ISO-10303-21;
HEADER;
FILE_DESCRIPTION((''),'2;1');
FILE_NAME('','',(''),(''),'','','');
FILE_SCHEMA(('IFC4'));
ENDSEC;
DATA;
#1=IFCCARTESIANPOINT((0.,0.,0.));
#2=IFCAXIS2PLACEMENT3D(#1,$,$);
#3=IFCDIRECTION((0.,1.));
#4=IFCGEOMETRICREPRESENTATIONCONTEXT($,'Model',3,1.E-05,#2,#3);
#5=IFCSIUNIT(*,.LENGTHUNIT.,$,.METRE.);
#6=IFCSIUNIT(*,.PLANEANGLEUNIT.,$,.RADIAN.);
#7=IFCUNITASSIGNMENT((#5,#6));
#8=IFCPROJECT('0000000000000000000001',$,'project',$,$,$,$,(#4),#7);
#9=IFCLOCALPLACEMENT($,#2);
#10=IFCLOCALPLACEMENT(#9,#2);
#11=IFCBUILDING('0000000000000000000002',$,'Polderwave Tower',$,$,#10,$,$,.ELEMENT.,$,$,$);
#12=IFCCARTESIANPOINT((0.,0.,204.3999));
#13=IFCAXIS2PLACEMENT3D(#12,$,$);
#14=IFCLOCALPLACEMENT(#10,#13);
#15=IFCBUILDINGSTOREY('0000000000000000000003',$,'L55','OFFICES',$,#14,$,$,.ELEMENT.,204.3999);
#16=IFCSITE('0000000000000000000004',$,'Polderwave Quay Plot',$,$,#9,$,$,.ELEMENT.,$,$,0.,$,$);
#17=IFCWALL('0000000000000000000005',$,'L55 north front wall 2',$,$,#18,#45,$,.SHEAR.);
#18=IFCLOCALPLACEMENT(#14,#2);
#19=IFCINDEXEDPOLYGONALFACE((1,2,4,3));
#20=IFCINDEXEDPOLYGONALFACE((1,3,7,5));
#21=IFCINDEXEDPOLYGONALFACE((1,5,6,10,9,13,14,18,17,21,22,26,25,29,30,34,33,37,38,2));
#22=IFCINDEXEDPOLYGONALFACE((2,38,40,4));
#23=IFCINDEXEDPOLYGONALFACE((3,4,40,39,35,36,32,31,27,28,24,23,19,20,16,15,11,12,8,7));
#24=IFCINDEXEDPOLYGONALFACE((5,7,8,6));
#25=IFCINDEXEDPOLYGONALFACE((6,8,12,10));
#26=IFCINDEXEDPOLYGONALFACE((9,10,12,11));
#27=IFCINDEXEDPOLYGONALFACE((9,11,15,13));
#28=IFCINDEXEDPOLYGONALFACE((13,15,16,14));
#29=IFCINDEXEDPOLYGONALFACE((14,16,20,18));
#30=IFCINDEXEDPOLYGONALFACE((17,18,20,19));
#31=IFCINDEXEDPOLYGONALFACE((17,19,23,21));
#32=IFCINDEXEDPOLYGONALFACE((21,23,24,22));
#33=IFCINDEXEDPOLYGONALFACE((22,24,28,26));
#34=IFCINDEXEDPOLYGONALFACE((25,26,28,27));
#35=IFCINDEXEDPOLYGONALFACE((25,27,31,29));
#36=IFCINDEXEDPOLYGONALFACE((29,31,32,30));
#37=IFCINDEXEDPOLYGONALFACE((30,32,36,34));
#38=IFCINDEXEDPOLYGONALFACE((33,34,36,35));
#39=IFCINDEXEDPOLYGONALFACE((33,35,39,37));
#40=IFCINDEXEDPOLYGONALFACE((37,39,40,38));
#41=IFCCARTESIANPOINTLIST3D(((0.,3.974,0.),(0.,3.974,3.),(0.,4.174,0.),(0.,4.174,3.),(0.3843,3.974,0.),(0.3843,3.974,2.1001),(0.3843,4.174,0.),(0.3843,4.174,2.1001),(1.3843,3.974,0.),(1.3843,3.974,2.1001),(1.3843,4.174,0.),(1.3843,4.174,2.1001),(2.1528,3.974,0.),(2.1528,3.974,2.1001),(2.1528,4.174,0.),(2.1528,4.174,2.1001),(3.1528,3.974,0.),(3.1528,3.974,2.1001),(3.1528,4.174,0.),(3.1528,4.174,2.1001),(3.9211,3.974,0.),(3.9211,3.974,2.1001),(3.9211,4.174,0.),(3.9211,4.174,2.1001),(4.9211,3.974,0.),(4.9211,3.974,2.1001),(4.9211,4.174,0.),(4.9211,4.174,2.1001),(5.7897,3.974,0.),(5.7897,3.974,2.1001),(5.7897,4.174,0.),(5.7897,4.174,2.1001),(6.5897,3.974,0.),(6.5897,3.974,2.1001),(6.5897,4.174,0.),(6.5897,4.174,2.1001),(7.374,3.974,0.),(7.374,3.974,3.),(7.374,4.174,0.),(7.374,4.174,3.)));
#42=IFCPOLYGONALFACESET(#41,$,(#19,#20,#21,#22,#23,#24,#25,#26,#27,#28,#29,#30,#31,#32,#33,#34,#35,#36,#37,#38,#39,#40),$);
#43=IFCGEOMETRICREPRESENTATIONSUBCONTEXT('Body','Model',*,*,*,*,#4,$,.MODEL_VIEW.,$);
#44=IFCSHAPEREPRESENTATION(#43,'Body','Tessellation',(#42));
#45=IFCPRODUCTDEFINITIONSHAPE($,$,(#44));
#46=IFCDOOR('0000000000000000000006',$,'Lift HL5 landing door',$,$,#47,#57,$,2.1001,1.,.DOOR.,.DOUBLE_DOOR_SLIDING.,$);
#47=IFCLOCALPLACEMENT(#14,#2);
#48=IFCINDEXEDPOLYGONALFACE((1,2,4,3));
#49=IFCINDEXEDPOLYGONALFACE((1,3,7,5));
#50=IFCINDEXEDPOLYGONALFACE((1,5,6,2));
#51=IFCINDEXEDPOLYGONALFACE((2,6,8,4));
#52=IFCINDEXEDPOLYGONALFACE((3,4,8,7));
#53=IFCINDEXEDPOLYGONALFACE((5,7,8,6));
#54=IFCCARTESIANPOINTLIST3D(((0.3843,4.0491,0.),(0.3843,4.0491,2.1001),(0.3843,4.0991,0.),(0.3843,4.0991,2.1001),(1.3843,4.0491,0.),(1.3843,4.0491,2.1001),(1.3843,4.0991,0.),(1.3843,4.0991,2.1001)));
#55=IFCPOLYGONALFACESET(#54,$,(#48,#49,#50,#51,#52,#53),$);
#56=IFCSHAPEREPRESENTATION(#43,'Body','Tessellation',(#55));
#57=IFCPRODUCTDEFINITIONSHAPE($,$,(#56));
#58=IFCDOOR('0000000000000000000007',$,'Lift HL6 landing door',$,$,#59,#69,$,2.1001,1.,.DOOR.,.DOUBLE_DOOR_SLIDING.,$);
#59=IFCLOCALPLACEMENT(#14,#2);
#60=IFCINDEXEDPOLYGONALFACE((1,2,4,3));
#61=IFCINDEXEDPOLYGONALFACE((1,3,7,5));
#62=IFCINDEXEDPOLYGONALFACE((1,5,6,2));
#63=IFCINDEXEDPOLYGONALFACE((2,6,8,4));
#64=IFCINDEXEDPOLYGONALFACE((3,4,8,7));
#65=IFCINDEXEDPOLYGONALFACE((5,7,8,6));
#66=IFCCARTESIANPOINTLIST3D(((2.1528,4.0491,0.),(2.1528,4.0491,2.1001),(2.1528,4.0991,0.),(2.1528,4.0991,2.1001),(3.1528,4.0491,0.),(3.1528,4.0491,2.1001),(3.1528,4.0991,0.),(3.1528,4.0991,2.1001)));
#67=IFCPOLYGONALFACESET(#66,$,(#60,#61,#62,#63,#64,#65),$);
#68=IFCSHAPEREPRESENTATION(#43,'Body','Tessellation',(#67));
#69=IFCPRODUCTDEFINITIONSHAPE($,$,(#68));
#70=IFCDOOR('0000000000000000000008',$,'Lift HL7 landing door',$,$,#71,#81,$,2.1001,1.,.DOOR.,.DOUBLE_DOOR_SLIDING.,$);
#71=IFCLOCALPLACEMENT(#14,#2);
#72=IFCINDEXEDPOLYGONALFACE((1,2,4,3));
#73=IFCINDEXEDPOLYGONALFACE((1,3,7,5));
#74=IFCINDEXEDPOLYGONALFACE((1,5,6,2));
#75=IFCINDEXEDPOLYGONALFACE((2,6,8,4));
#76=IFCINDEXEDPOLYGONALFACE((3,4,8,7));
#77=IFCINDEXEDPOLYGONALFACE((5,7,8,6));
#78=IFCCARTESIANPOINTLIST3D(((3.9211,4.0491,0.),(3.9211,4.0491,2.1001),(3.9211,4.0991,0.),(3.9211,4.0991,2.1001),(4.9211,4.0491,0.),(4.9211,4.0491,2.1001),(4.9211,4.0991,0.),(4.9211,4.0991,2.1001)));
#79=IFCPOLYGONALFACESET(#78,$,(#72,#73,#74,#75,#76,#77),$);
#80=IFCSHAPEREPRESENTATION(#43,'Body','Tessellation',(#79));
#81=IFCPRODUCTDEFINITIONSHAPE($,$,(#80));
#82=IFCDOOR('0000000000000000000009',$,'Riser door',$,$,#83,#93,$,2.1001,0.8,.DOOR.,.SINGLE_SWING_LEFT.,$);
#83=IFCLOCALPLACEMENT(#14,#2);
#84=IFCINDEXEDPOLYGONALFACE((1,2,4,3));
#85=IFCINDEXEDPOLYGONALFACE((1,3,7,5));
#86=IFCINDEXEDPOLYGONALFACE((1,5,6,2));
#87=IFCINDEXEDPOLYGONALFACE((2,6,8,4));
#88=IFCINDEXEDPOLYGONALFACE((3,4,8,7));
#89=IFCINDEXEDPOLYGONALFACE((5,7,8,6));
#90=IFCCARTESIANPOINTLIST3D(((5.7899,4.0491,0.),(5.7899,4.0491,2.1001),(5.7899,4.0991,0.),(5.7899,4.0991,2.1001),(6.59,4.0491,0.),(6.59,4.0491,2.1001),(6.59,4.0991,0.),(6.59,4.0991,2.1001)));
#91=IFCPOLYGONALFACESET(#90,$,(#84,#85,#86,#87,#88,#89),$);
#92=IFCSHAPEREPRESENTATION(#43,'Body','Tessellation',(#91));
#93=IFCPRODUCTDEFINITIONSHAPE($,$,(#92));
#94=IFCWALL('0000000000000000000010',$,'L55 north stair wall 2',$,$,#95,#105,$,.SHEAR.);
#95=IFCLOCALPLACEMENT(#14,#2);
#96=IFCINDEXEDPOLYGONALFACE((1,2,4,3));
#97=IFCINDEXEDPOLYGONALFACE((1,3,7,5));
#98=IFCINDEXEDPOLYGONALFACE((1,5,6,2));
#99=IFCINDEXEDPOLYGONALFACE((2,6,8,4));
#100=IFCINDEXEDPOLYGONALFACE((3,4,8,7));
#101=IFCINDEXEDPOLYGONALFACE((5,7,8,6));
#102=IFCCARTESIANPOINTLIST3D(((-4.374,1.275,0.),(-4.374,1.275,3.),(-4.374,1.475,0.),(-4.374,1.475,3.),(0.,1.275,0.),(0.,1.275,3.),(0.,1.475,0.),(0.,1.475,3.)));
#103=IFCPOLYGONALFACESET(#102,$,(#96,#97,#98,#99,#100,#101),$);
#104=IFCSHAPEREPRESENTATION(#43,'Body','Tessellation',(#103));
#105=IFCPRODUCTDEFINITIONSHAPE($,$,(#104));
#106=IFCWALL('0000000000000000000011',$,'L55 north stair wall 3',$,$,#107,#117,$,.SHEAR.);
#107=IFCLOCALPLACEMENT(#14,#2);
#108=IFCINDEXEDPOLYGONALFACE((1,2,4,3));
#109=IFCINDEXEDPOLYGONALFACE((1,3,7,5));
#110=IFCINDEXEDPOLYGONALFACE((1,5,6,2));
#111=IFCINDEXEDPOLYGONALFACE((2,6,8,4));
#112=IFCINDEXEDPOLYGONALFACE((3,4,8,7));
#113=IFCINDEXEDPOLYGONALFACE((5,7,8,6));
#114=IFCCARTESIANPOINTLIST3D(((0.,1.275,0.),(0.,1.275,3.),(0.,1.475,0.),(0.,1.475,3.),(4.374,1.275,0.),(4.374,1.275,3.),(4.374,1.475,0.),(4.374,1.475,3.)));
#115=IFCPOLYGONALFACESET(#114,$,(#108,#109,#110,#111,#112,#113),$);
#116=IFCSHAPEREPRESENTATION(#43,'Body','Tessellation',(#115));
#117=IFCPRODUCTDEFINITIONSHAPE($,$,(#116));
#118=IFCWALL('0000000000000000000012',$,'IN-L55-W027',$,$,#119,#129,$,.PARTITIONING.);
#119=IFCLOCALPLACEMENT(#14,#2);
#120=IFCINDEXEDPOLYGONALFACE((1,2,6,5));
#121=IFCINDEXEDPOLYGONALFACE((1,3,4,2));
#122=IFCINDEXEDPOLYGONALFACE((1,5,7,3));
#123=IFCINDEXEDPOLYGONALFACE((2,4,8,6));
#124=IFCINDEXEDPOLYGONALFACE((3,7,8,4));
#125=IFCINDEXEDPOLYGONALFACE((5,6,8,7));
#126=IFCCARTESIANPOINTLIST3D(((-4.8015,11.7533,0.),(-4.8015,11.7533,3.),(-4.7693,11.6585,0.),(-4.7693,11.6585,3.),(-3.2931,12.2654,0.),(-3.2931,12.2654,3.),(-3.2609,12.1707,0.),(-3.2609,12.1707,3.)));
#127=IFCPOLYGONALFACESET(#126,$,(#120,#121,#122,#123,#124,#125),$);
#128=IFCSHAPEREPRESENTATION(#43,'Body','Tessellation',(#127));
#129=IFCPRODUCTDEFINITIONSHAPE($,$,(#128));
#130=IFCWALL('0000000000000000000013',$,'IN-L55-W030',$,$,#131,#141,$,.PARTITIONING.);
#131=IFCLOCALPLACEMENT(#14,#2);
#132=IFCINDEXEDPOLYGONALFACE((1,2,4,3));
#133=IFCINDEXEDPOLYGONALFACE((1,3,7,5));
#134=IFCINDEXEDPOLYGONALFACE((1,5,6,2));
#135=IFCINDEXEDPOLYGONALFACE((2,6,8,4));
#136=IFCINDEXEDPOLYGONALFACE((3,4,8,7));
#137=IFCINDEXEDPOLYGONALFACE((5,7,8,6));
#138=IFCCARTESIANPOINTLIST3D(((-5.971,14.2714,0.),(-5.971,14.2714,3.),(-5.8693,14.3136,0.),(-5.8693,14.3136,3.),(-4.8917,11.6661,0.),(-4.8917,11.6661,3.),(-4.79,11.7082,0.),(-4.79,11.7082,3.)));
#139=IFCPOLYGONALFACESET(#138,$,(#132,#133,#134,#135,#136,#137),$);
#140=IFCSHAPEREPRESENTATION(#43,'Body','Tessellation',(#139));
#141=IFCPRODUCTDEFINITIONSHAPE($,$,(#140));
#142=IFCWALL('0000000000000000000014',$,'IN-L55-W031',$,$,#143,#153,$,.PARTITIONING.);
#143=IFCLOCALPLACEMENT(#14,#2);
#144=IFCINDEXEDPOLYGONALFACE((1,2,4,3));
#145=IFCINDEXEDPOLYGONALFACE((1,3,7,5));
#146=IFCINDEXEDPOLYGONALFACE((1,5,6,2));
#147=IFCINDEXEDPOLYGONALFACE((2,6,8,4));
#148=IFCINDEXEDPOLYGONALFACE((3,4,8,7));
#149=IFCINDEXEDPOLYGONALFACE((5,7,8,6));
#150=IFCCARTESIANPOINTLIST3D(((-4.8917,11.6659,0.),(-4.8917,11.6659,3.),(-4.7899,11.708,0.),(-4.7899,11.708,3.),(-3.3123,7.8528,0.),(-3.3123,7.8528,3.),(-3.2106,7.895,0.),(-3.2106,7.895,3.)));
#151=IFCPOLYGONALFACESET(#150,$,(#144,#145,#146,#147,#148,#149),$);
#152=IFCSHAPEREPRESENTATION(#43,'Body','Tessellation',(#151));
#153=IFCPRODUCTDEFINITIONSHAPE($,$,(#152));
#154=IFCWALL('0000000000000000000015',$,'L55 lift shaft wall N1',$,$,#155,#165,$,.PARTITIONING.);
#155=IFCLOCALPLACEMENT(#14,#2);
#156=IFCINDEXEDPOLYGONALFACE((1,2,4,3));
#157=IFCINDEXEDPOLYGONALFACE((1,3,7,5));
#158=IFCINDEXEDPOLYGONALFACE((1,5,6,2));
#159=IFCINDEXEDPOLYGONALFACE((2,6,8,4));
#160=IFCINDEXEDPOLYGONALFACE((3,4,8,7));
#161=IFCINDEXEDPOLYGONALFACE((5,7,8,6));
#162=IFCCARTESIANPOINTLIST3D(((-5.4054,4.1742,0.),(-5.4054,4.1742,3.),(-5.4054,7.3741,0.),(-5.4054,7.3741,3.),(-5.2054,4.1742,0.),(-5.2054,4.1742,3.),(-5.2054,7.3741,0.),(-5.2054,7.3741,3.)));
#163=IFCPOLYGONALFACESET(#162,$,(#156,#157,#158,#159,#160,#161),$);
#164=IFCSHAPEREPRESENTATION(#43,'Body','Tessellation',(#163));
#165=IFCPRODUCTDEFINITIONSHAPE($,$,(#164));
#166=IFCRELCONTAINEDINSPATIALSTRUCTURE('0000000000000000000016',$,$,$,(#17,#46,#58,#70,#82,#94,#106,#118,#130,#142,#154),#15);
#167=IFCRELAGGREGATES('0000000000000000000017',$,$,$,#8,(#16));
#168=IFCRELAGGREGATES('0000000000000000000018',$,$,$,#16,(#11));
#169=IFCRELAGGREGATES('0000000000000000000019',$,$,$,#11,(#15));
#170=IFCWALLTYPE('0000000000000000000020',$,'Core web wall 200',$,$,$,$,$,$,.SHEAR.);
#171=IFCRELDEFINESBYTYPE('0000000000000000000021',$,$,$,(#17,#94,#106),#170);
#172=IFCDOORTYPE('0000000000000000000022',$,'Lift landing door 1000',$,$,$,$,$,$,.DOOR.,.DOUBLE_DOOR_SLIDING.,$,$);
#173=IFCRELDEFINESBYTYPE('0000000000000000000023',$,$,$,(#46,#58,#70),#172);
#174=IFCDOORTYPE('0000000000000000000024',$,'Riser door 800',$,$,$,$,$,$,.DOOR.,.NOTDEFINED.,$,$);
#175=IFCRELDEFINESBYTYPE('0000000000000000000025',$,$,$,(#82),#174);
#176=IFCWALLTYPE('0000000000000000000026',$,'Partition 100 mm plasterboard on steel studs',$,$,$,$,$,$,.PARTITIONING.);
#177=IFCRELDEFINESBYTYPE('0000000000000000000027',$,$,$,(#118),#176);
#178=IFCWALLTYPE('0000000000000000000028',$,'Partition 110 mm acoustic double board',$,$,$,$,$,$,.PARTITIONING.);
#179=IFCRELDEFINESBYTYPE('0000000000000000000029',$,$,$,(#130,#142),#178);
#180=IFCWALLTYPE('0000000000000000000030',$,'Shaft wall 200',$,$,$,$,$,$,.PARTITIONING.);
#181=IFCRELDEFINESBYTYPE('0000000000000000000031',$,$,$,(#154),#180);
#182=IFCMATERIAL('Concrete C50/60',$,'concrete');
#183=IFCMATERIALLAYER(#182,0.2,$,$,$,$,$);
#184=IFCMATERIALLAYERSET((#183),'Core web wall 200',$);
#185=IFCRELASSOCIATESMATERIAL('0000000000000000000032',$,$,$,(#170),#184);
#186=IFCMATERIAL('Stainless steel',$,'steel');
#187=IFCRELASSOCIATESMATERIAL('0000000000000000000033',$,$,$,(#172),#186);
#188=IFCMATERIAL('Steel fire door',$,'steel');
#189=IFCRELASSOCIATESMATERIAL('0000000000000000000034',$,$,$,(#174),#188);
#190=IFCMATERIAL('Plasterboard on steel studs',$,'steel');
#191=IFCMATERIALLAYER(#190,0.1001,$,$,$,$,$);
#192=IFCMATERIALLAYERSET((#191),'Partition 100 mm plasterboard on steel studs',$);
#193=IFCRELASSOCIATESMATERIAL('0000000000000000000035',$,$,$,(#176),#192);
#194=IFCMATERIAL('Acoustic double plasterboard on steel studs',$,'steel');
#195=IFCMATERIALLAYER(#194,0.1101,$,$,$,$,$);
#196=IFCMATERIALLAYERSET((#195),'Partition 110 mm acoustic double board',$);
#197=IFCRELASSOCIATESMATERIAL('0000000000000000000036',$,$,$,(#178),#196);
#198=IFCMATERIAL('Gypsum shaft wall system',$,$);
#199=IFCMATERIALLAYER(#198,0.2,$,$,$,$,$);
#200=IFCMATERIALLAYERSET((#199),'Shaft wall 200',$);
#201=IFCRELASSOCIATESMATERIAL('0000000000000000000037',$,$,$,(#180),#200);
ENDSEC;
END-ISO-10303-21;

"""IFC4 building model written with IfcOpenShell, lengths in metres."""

from ifc_helpers import new_model, si_unit, direction, frame, frame_2d, origin, place, context, subcontext, project, spatial, rectangle, extrude, material, layer, layer_set, type_object, element, fill, save


model = new_model("IFC4")

# Units and contexts
model_context = context("Model", 3, precision=1e-05, world=origin(), true_north=direction((0.0, 1.0)))
body_context = subcontext(model_context, "Body", "Model", "MODEL_VIEW")
ifc_project = project(units=[si_unit("LENGTHUNIT", "METRE"), si_unit("PLANEANGLEUNIT", "RADIAN")], contexts=[model_context])

# Site, building, storey
site_placement = place(None, origin())
site = spatial("IfcSite", under=ifc_project, at=site_placement, Name="Polderwave Quay Plot", CompositionType="ELEMENT", RefElevation=0.0)
building_placement = place(site_placement, origin())
building = spatial("IfcBuilding", under=site, at=building_placement, Name="Polderwave Tower", CompositionType="ELEMENT")
storey_placement = place(building_placement, frame((0.0, 0.0, 204.3999)))
storey = spatial("IfcBuildingStorey", under=building, at=storey_placement, Name="L55", Description="OFFICES", CompositionType="ELEMENT", Elevation=204.3999)

# Wall, openings, doors
ifc_material_1 = material(Name="Concrete C50/60", Category="concrete")
ifc_layer_1 = layer(ifc_material_1, 0.2)
ifc_layer_set_1 = layer_set([ifc_layer_1], Name="Core web wall 200")
wall_type_1 = type_object("IfcWallType", Name="Core web wall 200", PredefinedType="SHEAR", material=ifc_layer_set_1)
ifc_material_2 = material(Name="Stainless steel", Category="steel")
door_type_1 = type_object("IfcDoorType", Name="Lift landing door 1000", OperationType="DOUBLE_DOOR_SLIDING", PredefinedType="DOOR", material=ifc_material_2)
wall_1_placement = place(storey_placement, frame((0.0, 4.074, 0.0), z_axis=(0.0, 0.0, 1.0), x_axis=(1.0, 0.0, 0.0)))
wall_1 = element("IfcWall", 1, at=wall_1_placement, inside=storey, type_object=wall_type_1, Name="L55 north front wall 2", PredefinedType="SHEAR", context=body_context, shape_type="SweptSolid", body=[
    extrude(rectangle(XDim=7.374, YDim=0.2, at=frame_2d((3.687, 0.0))), origin(), (0.0, 0.0, 1.0), 3.0),
])
opening_1_placement = place(wall_1_placement, frame((0.3843, 0.0, 0.0)))
opening_1 = element("IfcOpeningElement", 2, at=opening_1_placement, cuts=wall_1, PredefinedType="OPENING", context=body_context, shape_type="SweptSolid", body=[
    extrude(rectangle(XDim=1.0, YDim=2.1001, at=frame_2d((0.5, 1.05))), frame((0.0, 0.1099, 0.0), z_axis=(0.0, -1.0, 0.0), x_axis=(1.0, 0.0, 0.0)), (0.0, 0.0, 1.0), 0.22),
])
opening_2_placement = place(wall_1_placement, frame((2.1528, 0.0, 0.0)))
opening_2 = element("IfcOpeningElement", 3, at=opening_2_placement, cuts=wall_1, PredefinedType="OPENING", context=body_context, shape_type="SweptSolid", body=[
    extrude(rectangle(XDim=1.0, YDim=2.1001, at=frame_2d((0.5, 1.05))), frame((0.0, 0.1099, 0.0), z_axis=(0.0, -1.0, 0.0), x_axis=(1.0, 0.0, 0.0)), (0.0, 0.0, 1.0), 0.22),
])
opening_3_placement = place(wall_1_placement, frame((3.9211, 0.0, 0.0)))
opening_3 = element("IfcOpeningElement", 4, at=opening_3_placement, cuts=wall_1, PredefinedType="OPENING", context=body_context, shape_type="SweptSolid", body=[
    extrude(rectangle(XDim=1.0, YDim=2.1001, at=frame_2d((0.5, 1.05))), frame((0.0, 0.1099, 0.0), z_axis=(0.0, -1.0, 0.0), x_axis=(1.0, 0.0, 0.0)), (0.0, 0.0, 1.0), 0.22),
])
opening_4_placement = place(wall_1_placement, frame((5.7898, 0.0, 0.0)))
opening_4 = element("IfcOpeningElement", 5, at=opening_4_placement, cuts=wall_1, PredefinedType="OPENING", context=body_context, shape_type="SweptSolid", body=[
    extrude(rectangle(XDim=0.8, YDim=2.1001, at=frame_2d((0.3999, 1.05))), frame((0.0, 0.1099, 0.0), z_axis=(0.0, -1.0, 0.0), x_axis=(1.0, 0.0, 0.0)), (0.0, 0.0, 1.0), 0.22),
])
door_1_placement = place(opening_1_placement, frame((1.0, 0.0, 0.0), z_axis=(0.0, 0.0, 1.0), x_axis=(-1.0, 0.0, 0.0)))
door_1 = element("IfcDoor", 6, at=door_1_placement, inside=storey, type_object=door_type_1, Name="Lift HL5 landing door", OperationType="DOUBLE_DOOR_SLIDING", OverallHeight=2.1001, OverallWidth=1.0, PredefinedType="DOOR", context=body_context, shape_type="SweptSolid", body=[
    extrude(rectangle(XDim=1.0, YDim=2.1001, at=frame_2d((0.5, 1.05))), frame((0.0, 0.0249, 0.0), z_axis=(0.0, -1.0, 0.0), x_axis=(1.0, 0.0, 0.0)), (0.0, 0.0, 1.0), 0.05),
])
fill(opening_1, door_1)
door_2_placement = place(opening_2_placement, frame((1.0, 0.0, 0.0), z_axis=(0.0, 0.0, 1.0), x_axis=(-1.0, 0.0, 0.0)))
door_2 = element("IfcDoor", 7, at=door_2_placement, inside=storey, type_object=door_type_1, Name="Lift HL6 landing door", OperationType="DOUBLE_DOOR_SLIDING", OverallHeight=2.1001, OverallWidth=1.0, PredefinedType="DOOR", context=body_context, shape_type="SweptSolid", body=[
    extrude(rectangle(XDim=1.0, YDim=2.1001, at=frame_2d((0.5, 1.05))), frame((0.0, 0.0249, 0.0), z_axis=(0.0, -1.0, 0.0), x_axis=(1.0, 0.0, 0.0)), (0.0, 0.0, 1.0), 0.05),
])
fill(opening_2, door_2)
door_3_placement = place(opening_3_placement, frame((1.0, 0.0, 0.0), z_axis=(0.0, 0.0, 1.0), x_axis=(-1.0, 0.0, 0.0)))
door_3 = element("IfcDoor", 8, at=door_3_placement, inside=storey, type_object=door_type_1, Name="Lift HL7 landing door", OperationType="DOUBLE_DOOR_SLIDING", OverallHeight=2.1001, OverallWidth=1.0, PredefinedType="DOOR", context=body_context, shape_type="SweptSolid", body=[
    extrude(rectangle(XDim=1.0, YDim=2.1001, at=frame_2d((0.5, 1.05))), frame((0.0, 0.0249, 0.0), z_axis=(0.0, -1.0, 0.0), x_axis=(1.0, 0.0, 0.0)), (0.0, 0.0, 1.0), 0.05),
])
fill(opening_3, door_3)
ifc_material_3 = material(Name="Steel fire door", Category="steel")
door_type_2 = type_object("IfcDoorType", Name="Riser door 800", OperationType="NOTDEFINED", PredefinedType="DOOR", material=ifc_material_3)
door_4_placement = place(opening_4_placement, frame((0.8, 0.0, 0.0), z_axis=(0.0, 0.0, 1.0), x_axis=(-1.0, 0.0, 0.0)))
door_4 = element("IfcDoor", 9, at=door_4_placement, inside=storey, type_object=door_type_2, Name="Riser door", OperationType="SINGLE_SWING_LEFT", OverallHeight=2.1001, OverallWidth=0.8, PredefinedType="DOOR", context=body_context, shape_type="SweptSolid", body=[
    extrude(rectangle(XDim=0.8, YDim=2.1001, at=frame_2d((0.3999, 1.05))), frame((0.0, 0.0249, 0.0), z_axis=(0.0, -1.0, 0.0), x_axis=(1.0, 0.0, 0.0)), (0.0, 0.0, 1.0), 0.05),
])
fill(opening_4, door_4)

# Walls
for number, where, z_axis, x_axis, name in (
    (10, (-4.374, 1.375, 0.0), (0.0, 0.0, 1.0), (1.0, 0.0, 0.0), "L55 north stair wall 2"),
    (11, (0.0, 1.375, 0.0), (0.0, 0.0, 1.0), (1.0, 0.0, 0.0), "L55 north stair wall 3"),
):
    element("IfcWall", number, at=place(storey_placement, frame(where, z_axis=z_axis, x_axis=x_axis)), inside=storey, type_object=wall_type_1, Name=name, PredefinedType="SHEAR", context=body_context, shape_type="SweptSolid", body=[
        extrude(rectangle(XDim=4.374, YDim=0.2, at=frame_2d((2.187, 0.0))), origin(), (0.0, 0.0, 1.0), 3.0),
    ])
ifc_material_4 = material(Name="Plasterboard on steel studs", Category="steel")
ifc_layer_2 = layer(ifc_material_4, 0.1001)
ifc_layer_set_2 = layer_set([ifc_layer_2], Name="Partition 100 mm plasterboard on steel studs")
wall_type_2 = type_object("IfcWallType", Name="Partition 100 mm plasterboard on steel studs", PredefinedType="PARTITIONING", material=ifc_layer_set_2)
wall_2_placement = place(storey_placement, frame((-3.2771, 12.218, 0.0), z_axis=(0.0, 0.0, 1.0), x_axis=(-0.946906, -0.32151, 0.0)))
element("IfcWall", 12, at=wall_2_placement, inside=storey, type_object=wall_type_2, Name="IN-L55-W027", PredefinedType="PARTITIONING", context=body_context, shape_type="SweptSolid", body=[
    extrude(rectangle(XDim=1.593, YDim=0.1001, at=frame_2d((0.7964, 0.0))), origin(), (0.0, 0.0, 1.0), 3.0),
])
ifc_material_5 = material(Name="Acoustic double plasterboard on steel studs", Category="steel")
ifc_layer_3 = layer(ifc_material_5, 0.1101)
ifc_layer_set_3 = layer_set([ifc_layer_3], Name="Partition 110 mm acoustic double board")
wall_type_3 = type_object("IfcWallType", Name="Partition 110 mm acoustic double board", PredefinedType="PARTITIONING", material=ifc_layer_set_3)
wall_3_placement = place(storey_placement, frame((-4.8408, 11.687, 0.0), z_axis=(0.0, 0.0, 1.0), x_axis=(-0.382721, 0.923864, 0.0)))
element("IfcWall", 13, at=wall_3_placement, inside=storey, type_object=wall_type_3, Name="IN-L55-W030", PredefinedType="PARTITIONING", context=body_context, shape_type="SweptSolid", body=[
    extrude(rectangle(XDim=2.8201, YDim=0.1101, at=frame_2d((1.4102, 0.0))), origin(), (0.0, 0.0, 1.0), 3.0),
])
wall_4_placement = place(storey_placement, frame((-3.2615, 7.874, 0.0), z_axis=(0.0, 0.0, 1.0), x_axis=(-0.382674, 0.923883, 0.0)))
element("IfcWall", 14, at=wall_4_placement, inside=storey, type_object=wall_type_3, Name="IN-L55-W031", PredefinedType="PARTITIONING", context=body_context, shape_type="SweptSolid", body=[
    extrude(rectangle(XDim=4.1272, YDim=0.1101, at=frame_2d((2.0635, 0.0))), origin(), (0.0, 0.0, 1.0), 3.0),
])
ifc_material_6 = material(Name="Gypsum shaft wall system")
ifc_layer_4 = layer(ifc_material_6, 0.2)
ifc_layer_set_4 = layer_set([ifc_layer_4], Name="Shaft wall 200")
wall_type_4 = type_object("IfcWallType", Name="Shaft wall 200", PredefinedType="PARTITIONING", material=ifc_layer_set_4)
for number, where, z_axis, x_axis, name in (
    (15, (-5.3054, 4.1741, 0.0), (0.0, 0.0, 1.0), (0.0, 1.0, 0.0), "L55 lift shaft wall N1"),
):
    element("IfcWall", number, at=place(storey_placement, frame(where, z_axis=z_axis, x_axis=x_axis)), inside=storey, type_object=wall_type_4, Name=name, PredefinedType="PARTITIONING", context=body_context, shape_type="SweptSolid", body=[
        extrude(rectangle(XDim=3.2, YDim=0.2, at=frame_2d((1.6001, 0.0))), origin(), (0.0, 0.0, 1.0), 3.0),
    ])

save(model, "model.ifc")
